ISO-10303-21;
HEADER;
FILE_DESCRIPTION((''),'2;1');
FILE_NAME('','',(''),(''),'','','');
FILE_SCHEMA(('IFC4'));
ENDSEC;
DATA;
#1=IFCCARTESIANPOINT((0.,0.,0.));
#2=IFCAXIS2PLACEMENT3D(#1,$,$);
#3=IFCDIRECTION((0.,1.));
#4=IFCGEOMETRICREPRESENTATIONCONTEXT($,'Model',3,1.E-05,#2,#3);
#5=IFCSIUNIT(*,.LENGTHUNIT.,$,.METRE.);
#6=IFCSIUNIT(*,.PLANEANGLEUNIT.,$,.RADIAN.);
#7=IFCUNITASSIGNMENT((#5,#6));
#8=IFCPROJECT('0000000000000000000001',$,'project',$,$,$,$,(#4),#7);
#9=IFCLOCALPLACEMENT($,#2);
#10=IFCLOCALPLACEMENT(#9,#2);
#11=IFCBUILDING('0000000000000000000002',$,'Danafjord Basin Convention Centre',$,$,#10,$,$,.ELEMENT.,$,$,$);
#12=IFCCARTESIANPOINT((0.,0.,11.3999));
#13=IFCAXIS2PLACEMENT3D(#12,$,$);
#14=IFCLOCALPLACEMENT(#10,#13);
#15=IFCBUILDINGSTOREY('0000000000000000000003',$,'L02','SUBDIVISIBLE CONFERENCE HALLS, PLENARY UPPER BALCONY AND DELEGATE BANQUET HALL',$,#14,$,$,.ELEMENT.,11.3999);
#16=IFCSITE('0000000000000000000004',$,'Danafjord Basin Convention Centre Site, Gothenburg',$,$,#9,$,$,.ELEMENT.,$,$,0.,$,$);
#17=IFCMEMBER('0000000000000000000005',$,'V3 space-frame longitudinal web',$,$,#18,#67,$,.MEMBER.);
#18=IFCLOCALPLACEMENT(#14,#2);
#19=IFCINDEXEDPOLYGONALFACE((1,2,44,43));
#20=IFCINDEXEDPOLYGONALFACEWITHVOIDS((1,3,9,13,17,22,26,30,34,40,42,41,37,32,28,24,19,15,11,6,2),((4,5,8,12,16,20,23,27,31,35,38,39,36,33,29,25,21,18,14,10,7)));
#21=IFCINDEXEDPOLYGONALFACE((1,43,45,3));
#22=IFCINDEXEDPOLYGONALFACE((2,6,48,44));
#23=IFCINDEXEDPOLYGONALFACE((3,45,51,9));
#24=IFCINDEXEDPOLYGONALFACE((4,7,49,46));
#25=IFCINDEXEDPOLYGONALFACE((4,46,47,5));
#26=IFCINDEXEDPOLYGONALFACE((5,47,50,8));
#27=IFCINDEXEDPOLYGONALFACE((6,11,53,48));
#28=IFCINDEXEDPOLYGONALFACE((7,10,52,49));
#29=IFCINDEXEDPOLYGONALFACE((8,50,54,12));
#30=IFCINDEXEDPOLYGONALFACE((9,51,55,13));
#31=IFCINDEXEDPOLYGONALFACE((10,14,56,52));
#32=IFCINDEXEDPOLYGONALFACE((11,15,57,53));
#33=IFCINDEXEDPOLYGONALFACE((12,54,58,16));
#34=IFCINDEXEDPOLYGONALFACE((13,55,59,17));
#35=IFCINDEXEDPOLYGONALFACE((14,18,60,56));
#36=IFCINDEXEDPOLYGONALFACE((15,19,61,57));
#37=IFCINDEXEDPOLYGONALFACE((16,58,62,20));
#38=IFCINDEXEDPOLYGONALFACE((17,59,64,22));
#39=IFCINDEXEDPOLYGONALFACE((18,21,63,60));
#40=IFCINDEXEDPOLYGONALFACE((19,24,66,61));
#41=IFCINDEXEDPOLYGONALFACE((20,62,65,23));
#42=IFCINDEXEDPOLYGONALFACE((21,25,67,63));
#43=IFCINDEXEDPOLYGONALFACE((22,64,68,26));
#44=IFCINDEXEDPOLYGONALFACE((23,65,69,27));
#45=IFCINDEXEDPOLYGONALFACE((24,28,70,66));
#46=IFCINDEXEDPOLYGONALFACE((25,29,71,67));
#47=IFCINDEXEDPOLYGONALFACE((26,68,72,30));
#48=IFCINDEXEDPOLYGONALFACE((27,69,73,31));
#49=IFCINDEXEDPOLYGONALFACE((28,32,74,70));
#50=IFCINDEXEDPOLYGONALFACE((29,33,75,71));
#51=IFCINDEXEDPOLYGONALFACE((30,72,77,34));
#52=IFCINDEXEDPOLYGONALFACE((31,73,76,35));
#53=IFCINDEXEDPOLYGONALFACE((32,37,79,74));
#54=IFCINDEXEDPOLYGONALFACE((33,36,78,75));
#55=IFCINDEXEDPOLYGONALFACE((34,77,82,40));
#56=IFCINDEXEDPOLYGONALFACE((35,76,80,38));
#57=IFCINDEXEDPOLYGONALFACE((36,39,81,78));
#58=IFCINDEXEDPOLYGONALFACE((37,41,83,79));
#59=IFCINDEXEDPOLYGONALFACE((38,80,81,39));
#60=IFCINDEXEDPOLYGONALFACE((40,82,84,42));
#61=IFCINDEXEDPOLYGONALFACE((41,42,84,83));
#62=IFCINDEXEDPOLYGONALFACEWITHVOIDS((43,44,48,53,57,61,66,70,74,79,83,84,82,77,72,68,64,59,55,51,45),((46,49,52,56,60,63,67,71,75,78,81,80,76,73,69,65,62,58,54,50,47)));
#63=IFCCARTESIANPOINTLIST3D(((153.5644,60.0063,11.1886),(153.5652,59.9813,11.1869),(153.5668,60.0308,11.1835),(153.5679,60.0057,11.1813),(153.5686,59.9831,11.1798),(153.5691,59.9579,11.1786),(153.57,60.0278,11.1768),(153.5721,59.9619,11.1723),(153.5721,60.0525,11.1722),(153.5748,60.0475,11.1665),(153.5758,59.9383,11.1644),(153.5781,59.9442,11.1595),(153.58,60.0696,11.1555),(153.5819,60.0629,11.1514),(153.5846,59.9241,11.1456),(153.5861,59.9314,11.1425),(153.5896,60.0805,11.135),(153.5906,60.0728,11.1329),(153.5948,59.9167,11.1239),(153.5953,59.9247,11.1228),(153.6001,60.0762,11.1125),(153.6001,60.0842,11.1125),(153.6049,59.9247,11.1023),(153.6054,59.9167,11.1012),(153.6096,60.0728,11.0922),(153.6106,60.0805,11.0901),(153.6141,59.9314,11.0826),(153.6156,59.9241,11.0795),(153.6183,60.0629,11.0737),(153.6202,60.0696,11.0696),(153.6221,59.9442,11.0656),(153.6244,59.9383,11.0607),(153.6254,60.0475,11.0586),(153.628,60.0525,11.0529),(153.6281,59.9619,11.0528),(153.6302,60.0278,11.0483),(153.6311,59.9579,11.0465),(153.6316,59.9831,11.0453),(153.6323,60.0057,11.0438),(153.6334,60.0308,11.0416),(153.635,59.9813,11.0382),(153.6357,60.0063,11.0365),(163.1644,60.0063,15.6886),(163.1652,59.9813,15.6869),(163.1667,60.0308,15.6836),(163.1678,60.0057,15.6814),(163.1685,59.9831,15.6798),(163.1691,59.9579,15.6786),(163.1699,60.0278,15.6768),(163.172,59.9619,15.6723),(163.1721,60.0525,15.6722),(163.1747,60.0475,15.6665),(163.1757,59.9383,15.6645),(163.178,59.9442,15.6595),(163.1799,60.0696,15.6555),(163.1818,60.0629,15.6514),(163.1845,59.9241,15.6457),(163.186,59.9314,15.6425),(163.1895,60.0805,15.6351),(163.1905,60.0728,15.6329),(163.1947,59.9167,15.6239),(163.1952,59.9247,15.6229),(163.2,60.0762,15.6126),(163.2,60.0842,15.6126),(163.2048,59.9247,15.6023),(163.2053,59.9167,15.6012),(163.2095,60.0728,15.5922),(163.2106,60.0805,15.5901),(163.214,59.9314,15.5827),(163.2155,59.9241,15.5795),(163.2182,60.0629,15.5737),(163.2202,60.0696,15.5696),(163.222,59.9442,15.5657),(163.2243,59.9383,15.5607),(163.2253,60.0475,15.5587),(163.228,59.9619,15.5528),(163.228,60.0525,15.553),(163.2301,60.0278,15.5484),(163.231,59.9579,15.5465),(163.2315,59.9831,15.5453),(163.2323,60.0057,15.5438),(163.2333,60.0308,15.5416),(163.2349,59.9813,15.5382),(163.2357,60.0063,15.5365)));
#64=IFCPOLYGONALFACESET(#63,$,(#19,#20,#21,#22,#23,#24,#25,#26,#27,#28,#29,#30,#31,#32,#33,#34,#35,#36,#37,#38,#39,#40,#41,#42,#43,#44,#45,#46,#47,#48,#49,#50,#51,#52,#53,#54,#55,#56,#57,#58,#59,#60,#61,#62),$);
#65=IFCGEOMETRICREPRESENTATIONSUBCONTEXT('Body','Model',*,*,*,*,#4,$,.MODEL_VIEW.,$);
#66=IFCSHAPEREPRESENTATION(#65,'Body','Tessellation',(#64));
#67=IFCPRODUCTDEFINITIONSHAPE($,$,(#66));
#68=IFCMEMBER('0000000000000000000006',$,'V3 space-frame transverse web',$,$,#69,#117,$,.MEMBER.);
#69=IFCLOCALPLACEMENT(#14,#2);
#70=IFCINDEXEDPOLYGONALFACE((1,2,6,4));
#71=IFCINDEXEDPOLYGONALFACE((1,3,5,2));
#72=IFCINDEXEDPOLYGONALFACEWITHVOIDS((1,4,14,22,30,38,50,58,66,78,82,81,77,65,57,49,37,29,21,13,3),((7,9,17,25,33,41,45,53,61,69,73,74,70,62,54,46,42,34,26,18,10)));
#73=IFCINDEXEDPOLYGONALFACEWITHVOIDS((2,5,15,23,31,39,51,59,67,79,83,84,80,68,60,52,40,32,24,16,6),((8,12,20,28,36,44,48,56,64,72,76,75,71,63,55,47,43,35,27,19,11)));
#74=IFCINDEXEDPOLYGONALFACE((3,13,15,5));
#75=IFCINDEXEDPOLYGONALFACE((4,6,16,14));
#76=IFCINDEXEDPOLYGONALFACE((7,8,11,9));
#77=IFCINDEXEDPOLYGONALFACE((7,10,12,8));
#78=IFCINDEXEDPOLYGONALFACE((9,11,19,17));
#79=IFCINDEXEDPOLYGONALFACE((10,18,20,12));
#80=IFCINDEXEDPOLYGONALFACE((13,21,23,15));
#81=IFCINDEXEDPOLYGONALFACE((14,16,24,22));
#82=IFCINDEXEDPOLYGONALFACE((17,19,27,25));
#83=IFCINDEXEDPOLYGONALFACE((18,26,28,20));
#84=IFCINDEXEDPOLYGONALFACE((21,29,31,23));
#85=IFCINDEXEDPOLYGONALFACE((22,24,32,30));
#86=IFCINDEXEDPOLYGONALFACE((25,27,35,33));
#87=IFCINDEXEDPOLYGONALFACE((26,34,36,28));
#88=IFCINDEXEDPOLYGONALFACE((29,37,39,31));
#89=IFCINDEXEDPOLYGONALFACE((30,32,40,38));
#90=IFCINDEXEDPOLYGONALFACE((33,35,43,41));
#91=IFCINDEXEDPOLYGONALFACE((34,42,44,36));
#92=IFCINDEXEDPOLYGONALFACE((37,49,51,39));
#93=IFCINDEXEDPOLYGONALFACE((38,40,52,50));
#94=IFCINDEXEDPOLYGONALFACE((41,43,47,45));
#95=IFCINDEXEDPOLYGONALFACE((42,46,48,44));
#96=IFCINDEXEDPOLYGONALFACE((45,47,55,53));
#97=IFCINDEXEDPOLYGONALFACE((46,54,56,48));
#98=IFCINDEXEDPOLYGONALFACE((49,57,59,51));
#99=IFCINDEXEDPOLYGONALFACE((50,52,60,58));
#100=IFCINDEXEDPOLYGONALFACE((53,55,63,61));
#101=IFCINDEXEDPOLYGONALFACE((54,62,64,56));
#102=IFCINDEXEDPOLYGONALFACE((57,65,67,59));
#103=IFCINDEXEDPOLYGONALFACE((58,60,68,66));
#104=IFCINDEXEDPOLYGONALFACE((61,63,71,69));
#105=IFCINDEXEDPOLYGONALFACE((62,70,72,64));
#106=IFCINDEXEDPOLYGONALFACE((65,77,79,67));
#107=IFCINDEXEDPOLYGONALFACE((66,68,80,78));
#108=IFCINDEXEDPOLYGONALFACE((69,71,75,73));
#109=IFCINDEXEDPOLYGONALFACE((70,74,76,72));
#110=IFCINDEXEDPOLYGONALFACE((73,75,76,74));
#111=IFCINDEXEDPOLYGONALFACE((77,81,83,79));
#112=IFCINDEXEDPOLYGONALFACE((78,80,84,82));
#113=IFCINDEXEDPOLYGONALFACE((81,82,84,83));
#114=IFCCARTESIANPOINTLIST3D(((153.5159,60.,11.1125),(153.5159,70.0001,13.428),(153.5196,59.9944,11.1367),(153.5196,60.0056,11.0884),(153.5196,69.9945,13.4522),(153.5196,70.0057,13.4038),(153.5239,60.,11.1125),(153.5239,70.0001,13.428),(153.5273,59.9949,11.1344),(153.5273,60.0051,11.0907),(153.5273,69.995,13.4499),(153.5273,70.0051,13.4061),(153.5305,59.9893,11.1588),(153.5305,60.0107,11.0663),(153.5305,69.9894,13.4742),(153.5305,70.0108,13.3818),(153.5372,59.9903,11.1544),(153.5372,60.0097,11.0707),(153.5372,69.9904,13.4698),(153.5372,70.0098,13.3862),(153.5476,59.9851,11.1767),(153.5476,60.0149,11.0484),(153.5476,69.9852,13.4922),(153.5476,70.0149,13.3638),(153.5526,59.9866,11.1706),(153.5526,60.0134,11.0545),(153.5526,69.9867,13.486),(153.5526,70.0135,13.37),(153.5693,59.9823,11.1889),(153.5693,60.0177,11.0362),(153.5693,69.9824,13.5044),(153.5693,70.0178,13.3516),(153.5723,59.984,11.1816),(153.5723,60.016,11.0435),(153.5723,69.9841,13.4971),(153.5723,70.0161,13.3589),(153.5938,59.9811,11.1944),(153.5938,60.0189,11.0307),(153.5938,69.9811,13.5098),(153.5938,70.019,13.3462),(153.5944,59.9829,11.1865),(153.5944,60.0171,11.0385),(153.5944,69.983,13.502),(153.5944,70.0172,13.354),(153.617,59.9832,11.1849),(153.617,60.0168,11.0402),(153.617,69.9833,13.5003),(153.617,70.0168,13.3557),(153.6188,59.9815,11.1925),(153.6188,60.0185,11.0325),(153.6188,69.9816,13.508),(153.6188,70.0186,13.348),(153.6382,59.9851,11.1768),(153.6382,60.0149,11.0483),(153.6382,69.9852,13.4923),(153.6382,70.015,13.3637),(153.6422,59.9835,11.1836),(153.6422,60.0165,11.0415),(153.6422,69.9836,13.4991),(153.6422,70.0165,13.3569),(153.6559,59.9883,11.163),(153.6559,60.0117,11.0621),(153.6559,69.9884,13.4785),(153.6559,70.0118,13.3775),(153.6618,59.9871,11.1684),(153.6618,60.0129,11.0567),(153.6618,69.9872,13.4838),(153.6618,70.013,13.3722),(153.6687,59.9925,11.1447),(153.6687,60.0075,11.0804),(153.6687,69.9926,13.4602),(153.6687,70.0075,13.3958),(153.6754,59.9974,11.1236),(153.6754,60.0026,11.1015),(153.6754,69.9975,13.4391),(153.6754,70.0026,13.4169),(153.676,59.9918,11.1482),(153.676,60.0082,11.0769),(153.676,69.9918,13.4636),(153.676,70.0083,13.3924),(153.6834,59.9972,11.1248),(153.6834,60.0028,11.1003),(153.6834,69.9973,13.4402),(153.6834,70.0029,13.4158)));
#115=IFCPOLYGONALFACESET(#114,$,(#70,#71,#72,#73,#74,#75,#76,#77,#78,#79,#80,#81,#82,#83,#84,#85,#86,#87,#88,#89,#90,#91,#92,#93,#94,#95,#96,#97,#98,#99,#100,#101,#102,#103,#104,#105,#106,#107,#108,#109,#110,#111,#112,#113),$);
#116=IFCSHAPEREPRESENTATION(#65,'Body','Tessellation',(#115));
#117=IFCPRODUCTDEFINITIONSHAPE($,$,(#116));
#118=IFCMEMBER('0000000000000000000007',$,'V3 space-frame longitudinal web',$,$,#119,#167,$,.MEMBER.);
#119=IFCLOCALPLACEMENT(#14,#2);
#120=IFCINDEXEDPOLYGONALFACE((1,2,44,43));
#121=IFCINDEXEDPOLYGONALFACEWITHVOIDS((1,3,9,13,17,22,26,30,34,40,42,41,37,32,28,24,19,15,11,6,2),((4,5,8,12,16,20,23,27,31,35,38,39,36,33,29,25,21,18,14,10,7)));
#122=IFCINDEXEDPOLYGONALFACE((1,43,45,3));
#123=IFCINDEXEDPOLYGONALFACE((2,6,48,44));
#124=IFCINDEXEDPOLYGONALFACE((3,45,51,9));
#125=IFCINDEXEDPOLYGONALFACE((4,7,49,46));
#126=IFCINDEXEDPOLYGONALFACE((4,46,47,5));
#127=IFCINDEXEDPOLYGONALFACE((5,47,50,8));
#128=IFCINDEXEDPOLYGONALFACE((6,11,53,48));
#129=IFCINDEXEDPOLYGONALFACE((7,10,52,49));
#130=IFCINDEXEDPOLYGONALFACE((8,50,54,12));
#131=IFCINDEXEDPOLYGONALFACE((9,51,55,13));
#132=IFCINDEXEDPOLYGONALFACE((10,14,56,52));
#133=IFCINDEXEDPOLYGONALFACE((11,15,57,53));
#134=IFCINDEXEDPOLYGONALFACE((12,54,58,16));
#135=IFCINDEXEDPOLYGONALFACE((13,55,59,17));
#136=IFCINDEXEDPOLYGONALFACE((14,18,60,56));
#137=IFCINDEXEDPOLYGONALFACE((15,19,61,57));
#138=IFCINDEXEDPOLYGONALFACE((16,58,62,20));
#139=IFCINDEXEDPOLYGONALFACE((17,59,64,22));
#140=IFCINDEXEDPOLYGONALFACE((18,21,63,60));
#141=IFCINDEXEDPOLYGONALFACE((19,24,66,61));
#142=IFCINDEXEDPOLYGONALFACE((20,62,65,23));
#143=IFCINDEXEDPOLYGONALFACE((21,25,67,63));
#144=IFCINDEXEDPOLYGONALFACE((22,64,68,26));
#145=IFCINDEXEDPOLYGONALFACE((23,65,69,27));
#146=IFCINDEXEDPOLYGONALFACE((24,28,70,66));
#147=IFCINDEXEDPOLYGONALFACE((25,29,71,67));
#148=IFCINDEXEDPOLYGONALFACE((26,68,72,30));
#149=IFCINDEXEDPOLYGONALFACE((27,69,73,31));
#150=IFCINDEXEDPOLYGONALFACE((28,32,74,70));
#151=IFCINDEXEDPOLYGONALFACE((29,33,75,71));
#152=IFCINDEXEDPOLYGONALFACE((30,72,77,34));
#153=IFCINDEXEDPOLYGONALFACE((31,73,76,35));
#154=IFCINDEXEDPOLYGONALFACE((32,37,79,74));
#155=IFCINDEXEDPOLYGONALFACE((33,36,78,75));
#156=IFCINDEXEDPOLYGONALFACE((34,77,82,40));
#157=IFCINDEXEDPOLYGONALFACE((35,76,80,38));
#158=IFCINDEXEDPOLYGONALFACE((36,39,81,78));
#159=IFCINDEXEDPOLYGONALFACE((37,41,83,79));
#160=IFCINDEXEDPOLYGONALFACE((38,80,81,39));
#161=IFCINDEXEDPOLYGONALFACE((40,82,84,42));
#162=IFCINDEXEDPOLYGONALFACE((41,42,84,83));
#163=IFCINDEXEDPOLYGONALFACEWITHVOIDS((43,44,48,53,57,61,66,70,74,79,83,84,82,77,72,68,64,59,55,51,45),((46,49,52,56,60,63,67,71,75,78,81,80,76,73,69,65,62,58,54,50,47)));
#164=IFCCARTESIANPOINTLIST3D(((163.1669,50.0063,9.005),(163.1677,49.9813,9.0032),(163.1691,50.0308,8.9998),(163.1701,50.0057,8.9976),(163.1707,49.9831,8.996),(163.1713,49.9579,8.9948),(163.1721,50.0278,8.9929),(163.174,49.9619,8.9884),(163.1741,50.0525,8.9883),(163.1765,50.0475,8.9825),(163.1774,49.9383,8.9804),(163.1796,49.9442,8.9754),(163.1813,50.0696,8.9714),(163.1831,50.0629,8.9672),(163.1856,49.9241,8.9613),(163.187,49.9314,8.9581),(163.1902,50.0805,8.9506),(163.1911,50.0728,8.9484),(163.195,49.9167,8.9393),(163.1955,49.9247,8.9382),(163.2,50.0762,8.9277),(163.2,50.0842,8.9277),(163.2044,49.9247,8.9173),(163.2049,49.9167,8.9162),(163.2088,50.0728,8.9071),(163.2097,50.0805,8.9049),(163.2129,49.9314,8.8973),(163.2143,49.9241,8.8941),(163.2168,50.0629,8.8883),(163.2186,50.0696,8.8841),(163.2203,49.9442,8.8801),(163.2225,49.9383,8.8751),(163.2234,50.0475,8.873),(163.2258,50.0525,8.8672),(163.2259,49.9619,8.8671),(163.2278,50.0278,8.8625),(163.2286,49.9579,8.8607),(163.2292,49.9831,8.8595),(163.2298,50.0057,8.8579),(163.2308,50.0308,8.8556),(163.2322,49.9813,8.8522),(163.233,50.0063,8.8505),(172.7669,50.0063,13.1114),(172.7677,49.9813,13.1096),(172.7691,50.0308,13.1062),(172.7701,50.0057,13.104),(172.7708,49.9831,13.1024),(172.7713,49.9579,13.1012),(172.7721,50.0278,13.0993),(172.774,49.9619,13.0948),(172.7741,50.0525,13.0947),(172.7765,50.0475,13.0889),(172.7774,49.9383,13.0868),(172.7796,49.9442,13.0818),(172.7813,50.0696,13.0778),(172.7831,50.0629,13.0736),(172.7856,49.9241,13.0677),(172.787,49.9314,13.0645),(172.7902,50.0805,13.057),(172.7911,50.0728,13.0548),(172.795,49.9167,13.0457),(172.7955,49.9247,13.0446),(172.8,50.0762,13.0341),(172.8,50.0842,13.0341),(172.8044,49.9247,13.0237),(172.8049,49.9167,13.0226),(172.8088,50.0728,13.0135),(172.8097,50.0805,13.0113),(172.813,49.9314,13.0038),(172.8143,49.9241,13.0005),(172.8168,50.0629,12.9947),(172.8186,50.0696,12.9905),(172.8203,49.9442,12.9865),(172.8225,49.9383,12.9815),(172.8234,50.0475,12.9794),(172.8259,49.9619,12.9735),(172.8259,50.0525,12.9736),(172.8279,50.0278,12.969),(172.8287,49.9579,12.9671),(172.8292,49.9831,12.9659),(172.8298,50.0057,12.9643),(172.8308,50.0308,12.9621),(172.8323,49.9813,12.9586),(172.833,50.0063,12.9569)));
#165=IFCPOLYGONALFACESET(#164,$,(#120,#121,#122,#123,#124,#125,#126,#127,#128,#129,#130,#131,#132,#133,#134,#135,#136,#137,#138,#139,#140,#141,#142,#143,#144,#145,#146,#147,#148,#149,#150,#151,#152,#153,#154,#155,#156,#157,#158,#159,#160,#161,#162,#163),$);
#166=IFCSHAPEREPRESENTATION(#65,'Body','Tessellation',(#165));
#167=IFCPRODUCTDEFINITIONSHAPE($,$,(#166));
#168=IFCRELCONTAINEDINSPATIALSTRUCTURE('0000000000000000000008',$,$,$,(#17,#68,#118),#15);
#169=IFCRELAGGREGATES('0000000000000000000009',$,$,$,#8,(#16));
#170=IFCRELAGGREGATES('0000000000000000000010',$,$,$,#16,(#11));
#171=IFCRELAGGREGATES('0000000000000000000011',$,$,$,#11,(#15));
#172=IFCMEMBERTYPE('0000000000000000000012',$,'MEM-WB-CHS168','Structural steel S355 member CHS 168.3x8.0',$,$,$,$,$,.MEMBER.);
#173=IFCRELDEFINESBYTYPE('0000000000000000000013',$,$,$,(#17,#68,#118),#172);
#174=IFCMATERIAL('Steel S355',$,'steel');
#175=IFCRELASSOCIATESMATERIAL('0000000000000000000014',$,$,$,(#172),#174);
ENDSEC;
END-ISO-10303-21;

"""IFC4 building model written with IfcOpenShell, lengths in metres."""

from ifc_helpers import new_model, si_unit, direction, frame, origin, origin_2d, place, context, subcontext, project, spatial, hollow_circle, extrude, material, material_profile, profile_set, type_object, element, save


model = new_model("IFC4")

# Units and contexts
model_context = context("Model", 3, precision=1e-05, world=origin(), true_north=direction((0.0, 1.0)))
body_context = subcontext(model_context, "Body", "Model", "MODEL_VIEW")
ifc_project = project(units=[si_unit("LENGTHUNIT", "METRE"), si_unit("PLANEANGLEUNIT", "RADIAN")], contexts=[model_context])

# Site, building, storey
site_placement = place(None, origin())
site = spatial("IfcSite", under=ifc_project, at=site_placement, Name="Danafjord Basin Convention Centre Site, Gothenburg", CompositionType="ELEMENT", RefElevation=0.0)
building_placement = place(site_placement, origin())
building = spatial("IfcBuilding", under=site, at=building_placement, Name="Danafjord Basin Convention Centre", CompositionType="ELEMENT")
storey_placement = place(building_placement, frame((0.0, 0.0, 11.3999)))
storey = spatial("IfcBuildingStorey", under=building, at=storey_placement, Name="L02", Description="SUBDIVISIBLE CONFERENCE HALLS, PLENARY UPPER BALCONY AND DELEGATE BANQUET HALL", CompositionType="ELEMENT", Elevation=11.3999)

# Members
ifc_material = material(Name="Steel S355", Category="steel")
ifc_material_profile_1 = material_profile(ifc_material, hollow_circle(Radius=0.0842, WallThickness=0.0081, at=origin_2d()), Name="CHS 168.3x8.0")
ifc_profile_set_1 = profile_set([ifc_material_profile_1], Name="Steel S355")
member_type_1 = type_object("IfcMemberType", Name="MEM-WB-CHS168", Description="Structural steel S355 member CHS 168.3x8.0", PredefinedType="MEMBER", material=ifc_profile_set_1)
member_1_placement = place(storey_placement, frame((153.6001, 60.0, 11.1125), z_axis=(0.905456, 0.0, 0.424439), x_axis=(0.0, 1.0, 0.0)))
element("IfcMember", 1, at=member_1_placement, inside=storey, type_object=member_type_1, Name="V3 space-frame longitudinal web", PredefinedType="MEMBER", context=body_context, shape_type="SweptSolid", body=[
    extrude(hollow_circle(Radius=0.0842, WallThickness=0.0081, at=origin_2d()), origin(), (0.0, 0.0, 1.0), 10.6023),
])
member_2_placement = place(storey_placement, frame((153.6001, 60.0, 11.1125), z_axis=(0.0, 0.974226, 0.225575), x_axis=(-1.0, 0.0, 0.0)))
element("IfcMember", 2, at=member_2_placement, inside=storey, type_object=member_type_1, Name="V3 space-frame transverse web", PredefinedType="MEMBER", context=body_context, shape_type="SweptSolid", body=[
    extrude(hollow_circle(Radius=0.0842, WallThickness=0.0081, at=origin_2d()), origin(), (0.0, 0.0, 1.0), 10.2646),
])
member_3_placement = place(storey_placement, frame((163.2, 50.0, 8.9277), z_axis=(0.919418, 0.0, 0.393281), x_axis=(0.0, 1.0, 0.0)))
element("IfcMember", 3, at=member_3_placement, inside=storey, type_object=member_type_1, Name="V3 space-frame longitudinal web", PredefinedType="MEMBER", context=body_context, shape_type="SweptSolid", body=[
    extrude(hollow_circle(Radius=0.0842, WallThickness=0.0081, at=origin_2d()), origin(), (0.0, 0.0, 1.0), 10.4414),
])

save(model, "model.ifc")
